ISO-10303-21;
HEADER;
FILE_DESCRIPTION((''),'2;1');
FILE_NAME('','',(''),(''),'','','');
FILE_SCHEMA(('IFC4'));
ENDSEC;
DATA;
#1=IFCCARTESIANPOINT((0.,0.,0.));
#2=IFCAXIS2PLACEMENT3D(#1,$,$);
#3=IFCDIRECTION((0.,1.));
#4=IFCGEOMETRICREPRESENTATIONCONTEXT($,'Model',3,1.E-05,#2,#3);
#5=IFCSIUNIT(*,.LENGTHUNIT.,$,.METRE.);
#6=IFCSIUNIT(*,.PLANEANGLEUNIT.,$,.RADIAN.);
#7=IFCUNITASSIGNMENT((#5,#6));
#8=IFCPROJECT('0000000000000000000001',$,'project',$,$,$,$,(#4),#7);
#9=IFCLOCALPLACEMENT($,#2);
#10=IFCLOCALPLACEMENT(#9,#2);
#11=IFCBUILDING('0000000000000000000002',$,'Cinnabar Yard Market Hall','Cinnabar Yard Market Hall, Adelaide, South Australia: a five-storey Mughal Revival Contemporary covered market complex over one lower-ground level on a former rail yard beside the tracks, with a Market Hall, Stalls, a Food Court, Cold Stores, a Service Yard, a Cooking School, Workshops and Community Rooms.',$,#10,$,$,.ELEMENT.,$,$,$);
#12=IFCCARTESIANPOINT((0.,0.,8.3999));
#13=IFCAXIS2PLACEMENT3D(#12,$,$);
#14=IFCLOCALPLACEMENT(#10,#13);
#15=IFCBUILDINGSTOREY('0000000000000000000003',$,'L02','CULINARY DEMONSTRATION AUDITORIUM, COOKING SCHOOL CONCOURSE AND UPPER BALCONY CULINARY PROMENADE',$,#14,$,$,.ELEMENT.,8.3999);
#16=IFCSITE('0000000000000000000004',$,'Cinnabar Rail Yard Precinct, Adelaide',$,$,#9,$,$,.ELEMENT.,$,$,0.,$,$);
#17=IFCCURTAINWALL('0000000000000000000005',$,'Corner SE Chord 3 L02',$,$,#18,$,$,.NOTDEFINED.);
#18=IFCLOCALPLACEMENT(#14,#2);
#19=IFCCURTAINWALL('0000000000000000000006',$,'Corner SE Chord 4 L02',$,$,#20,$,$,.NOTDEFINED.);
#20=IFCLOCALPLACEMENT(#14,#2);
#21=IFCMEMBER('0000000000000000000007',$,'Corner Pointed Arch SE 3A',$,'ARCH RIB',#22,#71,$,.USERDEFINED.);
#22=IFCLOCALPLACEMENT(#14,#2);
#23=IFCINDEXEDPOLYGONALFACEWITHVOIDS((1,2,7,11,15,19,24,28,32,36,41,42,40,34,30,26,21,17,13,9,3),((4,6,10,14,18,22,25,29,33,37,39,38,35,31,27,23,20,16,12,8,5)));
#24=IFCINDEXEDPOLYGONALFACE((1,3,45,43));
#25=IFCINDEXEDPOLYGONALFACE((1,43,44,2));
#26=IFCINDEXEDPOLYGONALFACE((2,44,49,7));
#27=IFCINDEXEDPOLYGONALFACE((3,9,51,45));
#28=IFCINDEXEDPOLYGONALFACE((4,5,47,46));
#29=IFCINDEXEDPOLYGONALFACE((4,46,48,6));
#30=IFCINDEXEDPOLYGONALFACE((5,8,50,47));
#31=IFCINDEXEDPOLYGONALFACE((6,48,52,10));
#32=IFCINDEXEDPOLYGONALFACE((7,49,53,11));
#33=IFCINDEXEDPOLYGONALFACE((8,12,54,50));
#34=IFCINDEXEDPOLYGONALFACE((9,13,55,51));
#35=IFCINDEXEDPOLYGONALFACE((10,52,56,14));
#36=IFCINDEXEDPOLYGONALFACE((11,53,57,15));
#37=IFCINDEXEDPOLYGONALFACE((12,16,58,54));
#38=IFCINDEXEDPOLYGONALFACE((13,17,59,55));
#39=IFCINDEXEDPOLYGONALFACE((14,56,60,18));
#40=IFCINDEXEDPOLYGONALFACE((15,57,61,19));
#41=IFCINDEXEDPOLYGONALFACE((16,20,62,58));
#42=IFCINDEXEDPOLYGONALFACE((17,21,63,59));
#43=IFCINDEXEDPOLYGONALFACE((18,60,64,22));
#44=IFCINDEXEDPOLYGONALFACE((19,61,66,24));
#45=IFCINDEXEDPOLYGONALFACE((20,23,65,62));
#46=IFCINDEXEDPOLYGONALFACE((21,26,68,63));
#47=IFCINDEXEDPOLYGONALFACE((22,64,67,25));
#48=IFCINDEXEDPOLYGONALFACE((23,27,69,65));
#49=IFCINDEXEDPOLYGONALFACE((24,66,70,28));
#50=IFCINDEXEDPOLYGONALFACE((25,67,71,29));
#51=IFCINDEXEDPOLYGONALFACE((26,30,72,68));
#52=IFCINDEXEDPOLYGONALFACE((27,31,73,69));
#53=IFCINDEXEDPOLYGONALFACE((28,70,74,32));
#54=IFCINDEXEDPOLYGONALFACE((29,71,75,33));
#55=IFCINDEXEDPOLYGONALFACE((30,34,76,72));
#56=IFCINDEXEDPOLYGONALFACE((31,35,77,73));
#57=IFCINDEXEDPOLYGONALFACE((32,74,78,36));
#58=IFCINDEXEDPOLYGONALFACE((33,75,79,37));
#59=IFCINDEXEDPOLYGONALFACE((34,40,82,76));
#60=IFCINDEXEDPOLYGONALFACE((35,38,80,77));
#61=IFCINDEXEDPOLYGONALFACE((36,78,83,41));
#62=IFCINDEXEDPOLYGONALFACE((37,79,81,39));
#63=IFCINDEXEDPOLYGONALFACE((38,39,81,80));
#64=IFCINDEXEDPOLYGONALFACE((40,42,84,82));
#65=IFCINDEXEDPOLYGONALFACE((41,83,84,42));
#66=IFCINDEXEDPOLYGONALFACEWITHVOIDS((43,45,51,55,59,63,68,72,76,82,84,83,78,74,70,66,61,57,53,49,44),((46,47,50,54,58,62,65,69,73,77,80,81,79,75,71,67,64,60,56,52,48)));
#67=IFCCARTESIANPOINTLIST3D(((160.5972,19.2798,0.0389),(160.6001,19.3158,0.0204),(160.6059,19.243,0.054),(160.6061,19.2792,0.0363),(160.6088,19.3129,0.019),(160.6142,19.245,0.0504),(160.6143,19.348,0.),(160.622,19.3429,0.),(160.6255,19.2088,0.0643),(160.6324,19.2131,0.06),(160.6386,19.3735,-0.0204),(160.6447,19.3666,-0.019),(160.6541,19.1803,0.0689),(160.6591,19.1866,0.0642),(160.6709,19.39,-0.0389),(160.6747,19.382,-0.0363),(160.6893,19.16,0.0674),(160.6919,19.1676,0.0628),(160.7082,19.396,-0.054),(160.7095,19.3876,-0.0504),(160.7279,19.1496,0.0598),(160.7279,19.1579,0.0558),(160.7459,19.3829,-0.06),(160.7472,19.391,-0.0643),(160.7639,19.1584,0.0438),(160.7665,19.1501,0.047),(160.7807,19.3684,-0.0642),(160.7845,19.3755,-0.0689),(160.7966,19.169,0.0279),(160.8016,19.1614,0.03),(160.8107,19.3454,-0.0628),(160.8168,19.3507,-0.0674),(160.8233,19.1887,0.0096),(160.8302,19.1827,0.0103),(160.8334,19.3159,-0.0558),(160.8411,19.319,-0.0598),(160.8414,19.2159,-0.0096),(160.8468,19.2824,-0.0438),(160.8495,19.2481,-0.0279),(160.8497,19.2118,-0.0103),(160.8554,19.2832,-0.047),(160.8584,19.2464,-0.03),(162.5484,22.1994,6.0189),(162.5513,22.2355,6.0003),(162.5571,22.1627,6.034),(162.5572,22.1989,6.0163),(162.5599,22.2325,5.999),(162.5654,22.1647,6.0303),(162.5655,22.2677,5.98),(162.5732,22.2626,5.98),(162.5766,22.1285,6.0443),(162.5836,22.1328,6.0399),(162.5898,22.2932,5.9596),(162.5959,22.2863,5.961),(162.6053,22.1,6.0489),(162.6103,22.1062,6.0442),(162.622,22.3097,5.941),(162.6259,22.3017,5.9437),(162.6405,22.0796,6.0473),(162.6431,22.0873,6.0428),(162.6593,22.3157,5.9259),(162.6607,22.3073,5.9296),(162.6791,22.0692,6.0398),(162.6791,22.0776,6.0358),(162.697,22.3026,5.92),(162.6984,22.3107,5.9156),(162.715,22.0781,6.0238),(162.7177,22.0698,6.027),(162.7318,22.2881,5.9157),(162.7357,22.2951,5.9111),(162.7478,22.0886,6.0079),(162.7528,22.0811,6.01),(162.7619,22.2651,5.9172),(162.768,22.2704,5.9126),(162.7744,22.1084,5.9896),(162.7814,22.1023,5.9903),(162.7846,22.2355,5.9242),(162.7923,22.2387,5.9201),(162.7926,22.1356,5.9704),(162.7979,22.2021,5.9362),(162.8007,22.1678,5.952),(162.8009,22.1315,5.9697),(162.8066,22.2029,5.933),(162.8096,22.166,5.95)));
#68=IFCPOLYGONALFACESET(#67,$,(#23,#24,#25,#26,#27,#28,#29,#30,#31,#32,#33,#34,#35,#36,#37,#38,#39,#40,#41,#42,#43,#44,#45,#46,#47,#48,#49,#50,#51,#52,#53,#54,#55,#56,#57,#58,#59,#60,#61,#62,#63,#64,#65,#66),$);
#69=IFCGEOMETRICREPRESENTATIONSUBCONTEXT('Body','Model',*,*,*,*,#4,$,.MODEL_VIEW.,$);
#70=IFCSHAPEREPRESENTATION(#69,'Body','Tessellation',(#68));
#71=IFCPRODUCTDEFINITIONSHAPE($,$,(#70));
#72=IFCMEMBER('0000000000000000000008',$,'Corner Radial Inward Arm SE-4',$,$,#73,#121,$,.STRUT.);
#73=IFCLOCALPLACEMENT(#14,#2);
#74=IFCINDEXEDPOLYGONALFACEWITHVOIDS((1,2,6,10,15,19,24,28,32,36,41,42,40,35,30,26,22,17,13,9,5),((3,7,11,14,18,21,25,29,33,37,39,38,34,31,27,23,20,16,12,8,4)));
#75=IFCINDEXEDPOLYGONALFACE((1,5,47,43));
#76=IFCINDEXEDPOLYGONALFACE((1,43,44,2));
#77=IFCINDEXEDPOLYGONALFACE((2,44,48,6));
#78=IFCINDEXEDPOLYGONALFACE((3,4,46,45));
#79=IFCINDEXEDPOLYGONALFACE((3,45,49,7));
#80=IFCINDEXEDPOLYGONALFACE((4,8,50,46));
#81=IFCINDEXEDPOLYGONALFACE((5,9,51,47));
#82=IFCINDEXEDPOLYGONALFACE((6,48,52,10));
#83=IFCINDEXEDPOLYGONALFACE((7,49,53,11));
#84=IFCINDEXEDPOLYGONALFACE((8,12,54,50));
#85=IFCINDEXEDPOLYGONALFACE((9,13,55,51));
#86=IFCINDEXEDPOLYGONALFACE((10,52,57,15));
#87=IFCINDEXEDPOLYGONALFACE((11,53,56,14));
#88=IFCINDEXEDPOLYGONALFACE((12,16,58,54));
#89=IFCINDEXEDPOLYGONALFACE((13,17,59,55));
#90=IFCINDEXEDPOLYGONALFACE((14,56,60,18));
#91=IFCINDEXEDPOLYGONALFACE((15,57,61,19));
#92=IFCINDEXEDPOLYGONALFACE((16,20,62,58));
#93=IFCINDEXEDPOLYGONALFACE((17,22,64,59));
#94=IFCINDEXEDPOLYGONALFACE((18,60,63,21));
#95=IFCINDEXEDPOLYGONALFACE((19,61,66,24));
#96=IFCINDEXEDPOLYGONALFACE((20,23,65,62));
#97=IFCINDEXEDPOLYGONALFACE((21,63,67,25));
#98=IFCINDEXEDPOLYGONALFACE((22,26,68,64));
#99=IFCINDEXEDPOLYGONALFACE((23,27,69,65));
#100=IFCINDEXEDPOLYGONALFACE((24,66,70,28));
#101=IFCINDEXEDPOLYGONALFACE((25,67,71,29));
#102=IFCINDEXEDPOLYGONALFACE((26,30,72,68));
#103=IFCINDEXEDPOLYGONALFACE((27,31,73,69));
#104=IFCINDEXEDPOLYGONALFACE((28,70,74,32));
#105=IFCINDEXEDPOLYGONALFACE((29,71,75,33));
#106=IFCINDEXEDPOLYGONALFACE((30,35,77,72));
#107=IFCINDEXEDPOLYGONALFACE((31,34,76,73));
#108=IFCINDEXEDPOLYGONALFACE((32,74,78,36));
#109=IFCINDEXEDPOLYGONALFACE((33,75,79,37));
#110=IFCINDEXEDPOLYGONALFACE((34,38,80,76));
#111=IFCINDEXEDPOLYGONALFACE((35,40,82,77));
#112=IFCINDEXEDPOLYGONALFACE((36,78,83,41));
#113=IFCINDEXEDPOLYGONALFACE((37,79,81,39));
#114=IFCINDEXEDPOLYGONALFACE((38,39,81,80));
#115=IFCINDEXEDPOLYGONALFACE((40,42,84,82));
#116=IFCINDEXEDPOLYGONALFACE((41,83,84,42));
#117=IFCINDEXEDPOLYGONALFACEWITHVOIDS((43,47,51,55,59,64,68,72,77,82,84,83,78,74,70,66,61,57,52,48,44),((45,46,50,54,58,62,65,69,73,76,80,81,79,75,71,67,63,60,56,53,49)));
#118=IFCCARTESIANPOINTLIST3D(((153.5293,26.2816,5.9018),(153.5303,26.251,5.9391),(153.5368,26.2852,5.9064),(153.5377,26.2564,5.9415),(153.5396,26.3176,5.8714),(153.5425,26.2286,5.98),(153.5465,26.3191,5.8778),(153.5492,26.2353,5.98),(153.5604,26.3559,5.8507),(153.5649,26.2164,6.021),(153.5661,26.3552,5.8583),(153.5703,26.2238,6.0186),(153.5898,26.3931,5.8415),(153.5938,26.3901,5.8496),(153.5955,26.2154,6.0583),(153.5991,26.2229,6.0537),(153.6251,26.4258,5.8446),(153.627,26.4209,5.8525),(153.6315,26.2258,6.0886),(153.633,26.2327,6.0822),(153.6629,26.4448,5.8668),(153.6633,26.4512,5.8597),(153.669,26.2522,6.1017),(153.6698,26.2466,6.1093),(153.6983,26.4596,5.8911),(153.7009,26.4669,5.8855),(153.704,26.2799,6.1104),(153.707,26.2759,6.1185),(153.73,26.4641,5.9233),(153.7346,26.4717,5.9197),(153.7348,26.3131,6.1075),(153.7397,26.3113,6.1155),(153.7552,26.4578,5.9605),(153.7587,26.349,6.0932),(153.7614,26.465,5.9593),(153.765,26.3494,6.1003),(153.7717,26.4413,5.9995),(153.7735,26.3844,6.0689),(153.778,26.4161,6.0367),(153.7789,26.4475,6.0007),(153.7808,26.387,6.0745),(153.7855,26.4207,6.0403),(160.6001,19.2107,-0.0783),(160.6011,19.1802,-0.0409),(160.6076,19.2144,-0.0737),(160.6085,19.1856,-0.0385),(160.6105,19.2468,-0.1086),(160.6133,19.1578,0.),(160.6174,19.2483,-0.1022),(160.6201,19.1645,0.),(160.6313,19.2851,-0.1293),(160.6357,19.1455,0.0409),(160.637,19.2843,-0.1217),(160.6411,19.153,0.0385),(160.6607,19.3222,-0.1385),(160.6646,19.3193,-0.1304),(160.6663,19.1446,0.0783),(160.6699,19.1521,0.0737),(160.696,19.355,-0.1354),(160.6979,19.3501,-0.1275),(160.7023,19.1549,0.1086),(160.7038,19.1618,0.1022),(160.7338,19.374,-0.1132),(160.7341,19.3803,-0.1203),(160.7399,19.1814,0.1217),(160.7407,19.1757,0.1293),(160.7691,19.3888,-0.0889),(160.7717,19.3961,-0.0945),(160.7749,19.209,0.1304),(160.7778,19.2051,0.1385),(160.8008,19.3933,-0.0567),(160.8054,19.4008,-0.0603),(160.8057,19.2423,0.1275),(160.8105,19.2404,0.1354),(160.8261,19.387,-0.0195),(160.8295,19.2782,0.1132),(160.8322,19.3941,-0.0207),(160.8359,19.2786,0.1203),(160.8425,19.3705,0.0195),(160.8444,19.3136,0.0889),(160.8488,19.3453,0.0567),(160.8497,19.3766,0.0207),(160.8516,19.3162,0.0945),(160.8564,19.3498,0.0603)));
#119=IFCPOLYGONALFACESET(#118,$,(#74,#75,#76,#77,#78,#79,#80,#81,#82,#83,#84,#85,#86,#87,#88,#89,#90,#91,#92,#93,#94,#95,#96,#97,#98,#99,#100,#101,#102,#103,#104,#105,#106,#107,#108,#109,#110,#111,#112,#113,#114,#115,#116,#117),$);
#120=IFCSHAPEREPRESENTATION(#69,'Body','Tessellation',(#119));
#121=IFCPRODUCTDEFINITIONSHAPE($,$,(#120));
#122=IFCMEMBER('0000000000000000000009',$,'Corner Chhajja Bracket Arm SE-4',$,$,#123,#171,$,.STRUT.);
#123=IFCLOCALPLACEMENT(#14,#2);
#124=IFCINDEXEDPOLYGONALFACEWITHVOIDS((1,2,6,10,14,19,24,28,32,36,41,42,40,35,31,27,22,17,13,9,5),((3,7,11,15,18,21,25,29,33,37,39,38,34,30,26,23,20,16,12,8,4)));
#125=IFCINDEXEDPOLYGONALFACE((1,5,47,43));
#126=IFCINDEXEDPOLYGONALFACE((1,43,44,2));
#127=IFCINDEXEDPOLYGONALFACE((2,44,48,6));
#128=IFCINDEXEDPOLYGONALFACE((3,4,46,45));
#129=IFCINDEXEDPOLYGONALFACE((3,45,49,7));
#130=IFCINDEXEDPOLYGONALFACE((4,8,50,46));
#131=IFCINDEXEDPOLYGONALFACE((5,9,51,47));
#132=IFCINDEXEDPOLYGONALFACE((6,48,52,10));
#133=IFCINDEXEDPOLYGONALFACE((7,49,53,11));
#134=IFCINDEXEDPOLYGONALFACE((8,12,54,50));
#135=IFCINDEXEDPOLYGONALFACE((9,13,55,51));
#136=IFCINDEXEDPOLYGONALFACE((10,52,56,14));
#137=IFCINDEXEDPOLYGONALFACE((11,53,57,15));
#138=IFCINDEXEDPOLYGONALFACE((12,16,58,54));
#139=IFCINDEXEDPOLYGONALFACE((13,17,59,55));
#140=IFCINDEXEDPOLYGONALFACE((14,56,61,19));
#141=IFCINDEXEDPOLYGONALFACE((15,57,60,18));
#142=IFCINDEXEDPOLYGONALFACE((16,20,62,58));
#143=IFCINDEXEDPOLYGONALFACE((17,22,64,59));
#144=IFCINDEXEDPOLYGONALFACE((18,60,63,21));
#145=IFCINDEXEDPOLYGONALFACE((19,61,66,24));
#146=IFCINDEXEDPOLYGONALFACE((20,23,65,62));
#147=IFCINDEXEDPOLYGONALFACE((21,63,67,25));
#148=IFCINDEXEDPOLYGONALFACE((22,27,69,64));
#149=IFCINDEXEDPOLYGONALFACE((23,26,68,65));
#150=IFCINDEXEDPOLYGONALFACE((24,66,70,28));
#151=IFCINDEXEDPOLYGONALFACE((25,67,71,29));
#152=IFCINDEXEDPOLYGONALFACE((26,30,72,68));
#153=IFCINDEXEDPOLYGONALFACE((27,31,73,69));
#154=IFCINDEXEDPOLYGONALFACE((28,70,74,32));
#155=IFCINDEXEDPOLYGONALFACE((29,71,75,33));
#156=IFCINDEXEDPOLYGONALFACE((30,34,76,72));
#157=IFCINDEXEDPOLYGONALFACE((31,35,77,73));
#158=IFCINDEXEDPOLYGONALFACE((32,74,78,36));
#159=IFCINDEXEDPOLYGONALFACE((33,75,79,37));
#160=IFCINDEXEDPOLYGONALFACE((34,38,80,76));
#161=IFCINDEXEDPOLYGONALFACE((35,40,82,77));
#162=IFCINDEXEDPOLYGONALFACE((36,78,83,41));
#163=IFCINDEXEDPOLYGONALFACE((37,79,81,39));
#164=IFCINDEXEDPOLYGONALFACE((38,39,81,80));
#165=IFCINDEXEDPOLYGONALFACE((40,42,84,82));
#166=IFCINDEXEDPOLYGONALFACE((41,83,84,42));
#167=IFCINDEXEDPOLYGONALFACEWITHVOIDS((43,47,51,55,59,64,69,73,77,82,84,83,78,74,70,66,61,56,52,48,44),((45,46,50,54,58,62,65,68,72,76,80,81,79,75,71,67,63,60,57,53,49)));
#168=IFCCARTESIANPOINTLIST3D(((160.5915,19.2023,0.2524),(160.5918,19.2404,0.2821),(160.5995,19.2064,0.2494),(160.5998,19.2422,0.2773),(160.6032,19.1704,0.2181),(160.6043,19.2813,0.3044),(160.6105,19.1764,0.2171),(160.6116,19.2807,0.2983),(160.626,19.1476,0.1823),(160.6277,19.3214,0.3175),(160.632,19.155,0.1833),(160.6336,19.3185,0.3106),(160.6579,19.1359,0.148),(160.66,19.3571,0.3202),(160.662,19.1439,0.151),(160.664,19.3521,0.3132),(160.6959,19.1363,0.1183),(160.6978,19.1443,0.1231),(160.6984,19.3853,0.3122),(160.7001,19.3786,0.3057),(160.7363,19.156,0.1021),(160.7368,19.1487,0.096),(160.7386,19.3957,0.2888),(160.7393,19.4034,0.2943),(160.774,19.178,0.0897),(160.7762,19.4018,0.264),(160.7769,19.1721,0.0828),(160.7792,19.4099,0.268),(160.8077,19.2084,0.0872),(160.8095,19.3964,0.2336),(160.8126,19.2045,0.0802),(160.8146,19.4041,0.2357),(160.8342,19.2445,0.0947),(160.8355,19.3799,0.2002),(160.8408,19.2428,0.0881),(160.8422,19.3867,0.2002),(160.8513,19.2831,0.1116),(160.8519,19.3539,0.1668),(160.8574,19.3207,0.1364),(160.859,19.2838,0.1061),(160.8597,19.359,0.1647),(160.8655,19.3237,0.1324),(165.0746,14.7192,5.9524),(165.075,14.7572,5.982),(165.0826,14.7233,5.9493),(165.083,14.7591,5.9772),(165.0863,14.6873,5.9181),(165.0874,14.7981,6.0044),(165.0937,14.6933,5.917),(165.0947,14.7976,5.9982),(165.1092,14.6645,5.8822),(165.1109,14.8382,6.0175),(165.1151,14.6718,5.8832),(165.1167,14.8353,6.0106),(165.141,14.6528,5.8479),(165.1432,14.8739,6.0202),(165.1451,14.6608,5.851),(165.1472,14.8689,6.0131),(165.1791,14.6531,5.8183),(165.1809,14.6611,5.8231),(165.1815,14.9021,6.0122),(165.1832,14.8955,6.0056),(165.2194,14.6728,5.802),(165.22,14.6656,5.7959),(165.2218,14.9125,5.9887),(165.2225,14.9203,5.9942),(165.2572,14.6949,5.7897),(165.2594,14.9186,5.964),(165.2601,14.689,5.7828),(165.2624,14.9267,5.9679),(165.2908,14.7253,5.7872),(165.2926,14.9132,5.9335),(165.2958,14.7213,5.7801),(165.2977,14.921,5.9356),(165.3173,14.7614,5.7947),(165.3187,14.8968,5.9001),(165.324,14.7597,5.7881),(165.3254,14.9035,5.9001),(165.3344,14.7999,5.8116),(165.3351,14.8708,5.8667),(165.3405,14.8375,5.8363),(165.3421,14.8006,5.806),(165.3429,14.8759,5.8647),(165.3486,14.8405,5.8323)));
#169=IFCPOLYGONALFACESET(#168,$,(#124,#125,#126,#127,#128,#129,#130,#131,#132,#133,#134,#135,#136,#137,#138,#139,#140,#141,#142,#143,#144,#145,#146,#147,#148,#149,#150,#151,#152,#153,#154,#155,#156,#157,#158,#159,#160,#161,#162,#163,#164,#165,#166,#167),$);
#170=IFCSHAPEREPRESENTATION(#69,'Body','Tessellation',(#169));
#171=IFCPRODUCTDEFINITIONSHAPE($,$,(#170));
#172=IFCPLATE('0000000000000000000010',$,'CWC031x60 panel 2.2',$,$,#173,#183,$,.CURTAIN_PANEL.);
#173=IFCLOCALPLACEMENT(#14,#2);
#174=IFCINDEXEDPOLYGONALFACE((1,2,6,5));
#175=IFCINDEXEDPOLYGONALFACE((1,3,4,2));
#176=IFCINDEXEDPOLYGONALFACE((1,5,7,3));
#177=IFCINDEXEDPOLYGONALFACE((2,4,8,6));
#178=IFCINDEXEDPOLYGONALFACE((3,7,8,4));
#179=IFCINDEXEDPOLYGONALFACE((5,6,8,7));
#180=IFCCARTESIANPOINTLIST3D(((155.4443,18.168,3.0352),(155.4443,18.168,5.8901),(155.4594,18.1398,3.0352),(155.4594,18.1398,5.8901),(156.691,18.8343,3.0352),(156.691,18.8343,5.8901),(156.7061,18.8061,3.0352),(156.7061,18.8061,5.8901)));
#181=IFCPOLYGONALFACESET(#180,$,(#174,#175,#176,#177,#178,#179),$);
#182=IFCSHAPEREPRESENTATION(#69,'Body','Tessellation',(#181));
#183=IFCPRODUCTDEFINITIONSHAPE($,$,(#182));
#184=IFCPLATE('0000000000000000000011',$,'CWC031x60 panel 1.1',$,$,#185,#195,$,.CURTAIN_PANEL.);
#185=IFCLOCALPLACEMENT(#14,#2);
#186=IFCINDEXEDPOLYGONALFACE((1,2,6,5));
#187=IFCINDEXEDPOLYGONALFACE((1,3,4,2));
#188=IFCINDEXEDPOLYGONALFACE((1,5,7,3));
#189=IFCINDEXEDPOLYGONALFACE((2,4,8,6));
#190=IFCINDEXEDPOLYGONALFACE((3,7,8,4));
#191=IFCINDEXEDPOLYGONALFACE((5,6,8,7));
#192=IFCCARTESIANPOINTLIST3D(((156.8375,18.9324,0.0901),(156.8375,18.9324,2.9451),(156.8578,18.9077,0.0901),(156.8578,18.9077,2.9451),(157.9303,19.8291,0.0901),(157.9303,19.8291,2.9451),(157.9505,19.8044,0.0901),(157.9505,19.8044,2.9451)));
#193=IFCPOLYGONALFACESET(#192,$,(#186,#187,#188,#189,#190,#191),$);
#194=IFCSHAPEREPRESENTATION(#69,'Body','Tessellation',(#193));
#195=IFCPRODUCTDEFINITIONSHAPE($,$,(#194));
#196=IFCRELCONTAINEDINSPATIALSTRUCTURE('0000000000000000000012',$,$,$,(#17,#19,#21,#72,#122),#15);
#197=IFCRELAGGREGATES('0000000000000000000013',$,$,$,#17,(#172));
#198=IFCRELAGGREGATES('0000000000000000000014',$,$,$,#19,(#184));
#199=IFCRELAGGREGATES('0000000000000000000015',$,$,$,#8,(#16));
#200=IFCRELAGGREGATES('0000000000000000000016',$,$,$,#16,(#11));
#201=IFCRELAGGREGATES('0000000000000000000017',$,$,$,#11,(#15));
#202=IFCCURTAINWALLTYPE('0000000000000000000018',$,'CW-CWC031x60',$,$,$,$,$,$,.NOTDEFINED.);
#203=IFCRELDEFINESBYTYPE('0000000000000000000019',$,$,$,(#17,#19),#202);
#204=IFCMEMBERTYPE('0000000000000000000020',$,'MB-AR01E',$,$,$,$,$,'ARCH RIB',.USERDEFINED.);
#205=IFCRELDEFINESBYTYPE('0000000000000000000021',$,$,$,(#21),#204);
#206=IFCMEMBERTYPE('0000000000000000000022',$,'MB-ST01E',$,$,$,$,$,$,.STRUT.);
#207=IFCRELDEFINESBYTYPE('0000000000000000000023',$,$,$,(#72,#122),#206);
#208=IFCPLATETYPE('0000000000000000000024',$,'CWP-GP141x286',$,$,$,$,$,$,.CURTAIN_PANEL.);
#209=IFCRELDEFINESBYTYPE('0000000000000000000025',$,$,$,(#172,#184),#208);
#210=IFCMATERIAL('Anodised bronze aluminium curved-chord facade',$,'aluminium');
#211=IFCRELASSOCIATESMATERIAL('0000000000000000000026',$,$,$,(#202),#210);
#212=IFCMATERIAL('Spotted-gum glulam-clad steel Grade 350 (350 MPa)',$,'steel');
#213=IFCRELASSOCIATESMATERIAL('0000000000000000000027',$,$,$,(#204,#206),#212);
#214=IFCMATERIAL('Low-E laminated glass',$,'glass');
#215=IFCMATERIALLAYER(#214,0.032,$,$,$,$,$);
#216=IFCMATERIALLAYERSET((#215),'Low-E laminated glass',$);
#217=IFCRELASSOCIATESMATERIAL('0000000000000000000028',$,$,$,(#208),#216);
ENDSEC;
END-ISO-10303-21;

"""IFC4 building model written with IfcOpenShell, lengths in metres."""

from ifc_helpers import new_model, si_unit, direction, frame, origin, origin_2d_with_axis, place, context, subcontext, project, spatial, rectangle, hollow_circle, extrude, material, layer, layer_set, material_profile, profile_set, type_object, element, aggregate, save


model = new_model("IFC4")

# Units and contexts
model_context = context("Model", 3, precision=1e-05, world=origin(), true_north=direction((0.0, 1.0)))
body_context = subcontext(model_context, "Body", "Model", "MODEL_VIEW")
ifc_project = project(units=[si_unit("LENGTHUNIT", "METRE"), si_unit("PLANEANGLEUNIT", "RADIAN")], contexts=[model_context])

# Site, building, storey
site_placement = place(None, origin())
site = spatial("IfcSite", under=ifc_project, at=site_placement, Name="Cinnabar Rail Yard Precinct, Adelaide", CompositionType="ELEMENT", RefElevation=0.0)
building_placement = place(site_placement, origin())
building = spatial("IfcBuilding", under=site, at=building_placement, Name="Cinnabar Yard Market Hall", Description="Cinnabar Yard Market Hall, Adelaide, South Australia: a five-storey Mughal Revival Contemporary covered market complex over one lower-ground level on a former rail yard beside the tracks, with a Market Hall, Stalls, a Food Court, Cold Stores, a Service Yard, a Cooking School, Workshops and Community Rooms.", CompositionType="ELEMENT")
storey_placement = place(building_placement, frame((0.0, 0.0, 8.3999)))
storey = spatial("IfcBuildingStorey", under=building, at=storey_placement, Name="L02", Description="CULINARY DEMONSTRATION AUDITORIUM, COOKING SCHOOL CONCOURSE AND UPPER BALCONY CULINARY PROMENADE", CompositionType="ELEMENT", Elevation=8.3999)

# Shared definitions
ifc_material_1 = material(Name="Spotted-gum glulam-clad steel Grade 350 (350 MPa)", Category="steel")

# Curtain wall
ifc_material_2 = material(Name="Anodised bronze aluminium curved-chord facade", Category="aluminium")
curtain_wall_type = type_object("IfcCurtainWallType", Name="CW-CWC031x60", PredefinedType="NOTDEFINED", material=ifc_material_2)
curtain_wall_1_placement = place(storey_placement, origin())
curtain_wall_1 = element("IfcCurtainWall", 1, at=curtain_wall_1_placement, inside=storey, type_object=curtain_wall_type, Name="Corner SE Chord 3 L02", PredefinedType="NOTDEFINED")

# Curtain wall
curtain_wall_2_placement = place(storey_placement, origin())
curtain_wall_2 = element("IfcCurtainWall", 2, at=curtain_wall_2_placement, inside=storey, type_object=curtain_wall_type, Name="Corner SE Chord 4 L02", PredefinedType="NOTDEFINED")

# Members
ifc_material_profile_1 = material_profile(ifc_material_1, hollow_circle(Radius=0.1365, WallThickness=0.0093, at=origin_2d_with_axis()), Name="273.1x9.3CHS")
ifc_profile_set_1 = profile_set([ifc_material_profile_1], Name="Spotted-gum glulam-clad steel Grade 350 (350 MPa)")
member_type_1 = type_object("IfcMemberType", Name="MB-AR01E", ElementType="ARCH RIB", PredefinedType="USERDEFINED", material=ifc_profile_set_1)
for number, where, z_axis, x_axis, name in (
    (3, (160.7278, 19.2722, 0.0), (0.281359, 0.421017, 0.862312), (-0.831429, 0.55563, 0.0), "Corner Pointed Arch SE 3A"),
):
    element("IfcMember", number, at=place(storey_placement, frame(where, z_axis=z_axis, x_axis=x_axis)), inside=storey, type_object=member_type_1, Name=name, ObjectType="ARCH RIB", PredefinedType="USERDEFINED", context=body_context, shape_type="SweptSolid", body=[
        extrude(hollow_circle(Radius=0.1365, WallThickness=0.0093, at=origin_2d_with_axis()), origin(), (0.0, 0.0, 1.0), 6.9348),
    ])
ifc_material_profile_2 = material_profile(ifc_material_1, hollow_circle(Radius=0.1619, WallThickness=0.0095, at=origin_2d_with_axis()), Name="323.9x9.5CHS")
ifc_profile_set_2 = profile_set([ifc_material_profile_2], Name="Spotted-gum glulam-clad steel Grade 350 (350 MPa)")
member_type_2 = type_object("IfcMemberType", Name="MB-ST01E", PredefinedType="STRUT", material=ifc_profile_set_2)
member_1_placement = place(storey_placement, frame((160.7278, 19.2722, 0.0), z_axis=(-0.606868, 0.606868, 0.513246), x_axis=(-0.707107, -0.707107, 0.0)))
element("IfcMember", 4, at=member_1_placement, inside=storey, type_object=member_type_2, Name="Corner Radial Inward Arm SE-4", PredefinedType="STRUT", context=body_context, shape_type="SweptSolid", body=[
    extrude(hollow_circle(Radius=0.1619, WallThickness=0.0095, at=origin_2d_with_axis()), origin(), (0.0, 0.0, 1.0), 11.6514),
])
member_2_placement = place(storey_placement, frame((160.7278, 19.2722, 0.2002), z_axis=(0.525843, -0.525843, 0.668565), x_axis=(0.707107, 0.707107, 0.0)))
element("IfcMember", 5, at=member_2_placement, inside=storey, type_object=member_type_2, Name="Corner Chhajja Bracket Arm SE-4", PredefinedType="STRUT", context=body_context, shape_type="SweptSolid", body=[
    extrude(hollow_circle(Radius=0.1619, WallThickness=0.0095, at=origin_2d_with_axis()), origin(), (0.0, 0.0, 1.0), 8.5256),
])

# Plates
ifc_material_3 = material(Name="Low-E laminated glass", Category="glass")
ifc_layer_1 = layer(ifc_material_3, 0.032)
ifc_layer_set_1 = layer_set([ifc_layer_1], Name="Low-E laminated glass")
plate_type_1 = type_object("IfcPlateType", Name="CWP-GP141x286", PredefinedType="CURTAIN_PANEL", material=ifc_layer_set_1)
plate_1_placement = place(storey_placement, frame((156.0752, 18.4871, 3.0352), z_axis=(0.0, 0.0, 1.0), x_axis=(0.881917, 0.471404, 0.0)))
plate_1 = element("IfcPlate", 6, at=plate_1_placement, type_object=plate_type_1, Name="CWC031x60 panel 2.2", PredefinedType="CURTAIN_PANEL", context=body_context, shape_type="SweptSolid", body=[
    extrude(rectangle(XDim=1.4136, YDim=0.032, at=origin_2d_with_axis()), origin(), (0.0, 0.0, 1.0), 2.855),
])
aggregate(curtain_wall_1, [plate_1])
plate_2_placement = place(storey_placement, frame((157.394, 19.3684, 0.0901), z_axis=(0.0, 0.0, 1.0), x_axis=(0.773019, 0.634383, 0.0)))
plate_2 = element("IfcPlate", 7, at=plate_2_placement, type_object=plate_type_1, Name="CWC031x60 panel 1.1", PredefinedType="CURTAIN_PANEL", context=body_context, shape_type="SweptSolid", body=[
    extrude(rectangle(XDim=1.4136, YDim=0.032, at=origin_2d_with_axis()), origin(), (0.0, 0.0, 1.0), 2.855),
])
aggregate(curtain_wall_2, [plate_2])

save(model, "model.ifc")
